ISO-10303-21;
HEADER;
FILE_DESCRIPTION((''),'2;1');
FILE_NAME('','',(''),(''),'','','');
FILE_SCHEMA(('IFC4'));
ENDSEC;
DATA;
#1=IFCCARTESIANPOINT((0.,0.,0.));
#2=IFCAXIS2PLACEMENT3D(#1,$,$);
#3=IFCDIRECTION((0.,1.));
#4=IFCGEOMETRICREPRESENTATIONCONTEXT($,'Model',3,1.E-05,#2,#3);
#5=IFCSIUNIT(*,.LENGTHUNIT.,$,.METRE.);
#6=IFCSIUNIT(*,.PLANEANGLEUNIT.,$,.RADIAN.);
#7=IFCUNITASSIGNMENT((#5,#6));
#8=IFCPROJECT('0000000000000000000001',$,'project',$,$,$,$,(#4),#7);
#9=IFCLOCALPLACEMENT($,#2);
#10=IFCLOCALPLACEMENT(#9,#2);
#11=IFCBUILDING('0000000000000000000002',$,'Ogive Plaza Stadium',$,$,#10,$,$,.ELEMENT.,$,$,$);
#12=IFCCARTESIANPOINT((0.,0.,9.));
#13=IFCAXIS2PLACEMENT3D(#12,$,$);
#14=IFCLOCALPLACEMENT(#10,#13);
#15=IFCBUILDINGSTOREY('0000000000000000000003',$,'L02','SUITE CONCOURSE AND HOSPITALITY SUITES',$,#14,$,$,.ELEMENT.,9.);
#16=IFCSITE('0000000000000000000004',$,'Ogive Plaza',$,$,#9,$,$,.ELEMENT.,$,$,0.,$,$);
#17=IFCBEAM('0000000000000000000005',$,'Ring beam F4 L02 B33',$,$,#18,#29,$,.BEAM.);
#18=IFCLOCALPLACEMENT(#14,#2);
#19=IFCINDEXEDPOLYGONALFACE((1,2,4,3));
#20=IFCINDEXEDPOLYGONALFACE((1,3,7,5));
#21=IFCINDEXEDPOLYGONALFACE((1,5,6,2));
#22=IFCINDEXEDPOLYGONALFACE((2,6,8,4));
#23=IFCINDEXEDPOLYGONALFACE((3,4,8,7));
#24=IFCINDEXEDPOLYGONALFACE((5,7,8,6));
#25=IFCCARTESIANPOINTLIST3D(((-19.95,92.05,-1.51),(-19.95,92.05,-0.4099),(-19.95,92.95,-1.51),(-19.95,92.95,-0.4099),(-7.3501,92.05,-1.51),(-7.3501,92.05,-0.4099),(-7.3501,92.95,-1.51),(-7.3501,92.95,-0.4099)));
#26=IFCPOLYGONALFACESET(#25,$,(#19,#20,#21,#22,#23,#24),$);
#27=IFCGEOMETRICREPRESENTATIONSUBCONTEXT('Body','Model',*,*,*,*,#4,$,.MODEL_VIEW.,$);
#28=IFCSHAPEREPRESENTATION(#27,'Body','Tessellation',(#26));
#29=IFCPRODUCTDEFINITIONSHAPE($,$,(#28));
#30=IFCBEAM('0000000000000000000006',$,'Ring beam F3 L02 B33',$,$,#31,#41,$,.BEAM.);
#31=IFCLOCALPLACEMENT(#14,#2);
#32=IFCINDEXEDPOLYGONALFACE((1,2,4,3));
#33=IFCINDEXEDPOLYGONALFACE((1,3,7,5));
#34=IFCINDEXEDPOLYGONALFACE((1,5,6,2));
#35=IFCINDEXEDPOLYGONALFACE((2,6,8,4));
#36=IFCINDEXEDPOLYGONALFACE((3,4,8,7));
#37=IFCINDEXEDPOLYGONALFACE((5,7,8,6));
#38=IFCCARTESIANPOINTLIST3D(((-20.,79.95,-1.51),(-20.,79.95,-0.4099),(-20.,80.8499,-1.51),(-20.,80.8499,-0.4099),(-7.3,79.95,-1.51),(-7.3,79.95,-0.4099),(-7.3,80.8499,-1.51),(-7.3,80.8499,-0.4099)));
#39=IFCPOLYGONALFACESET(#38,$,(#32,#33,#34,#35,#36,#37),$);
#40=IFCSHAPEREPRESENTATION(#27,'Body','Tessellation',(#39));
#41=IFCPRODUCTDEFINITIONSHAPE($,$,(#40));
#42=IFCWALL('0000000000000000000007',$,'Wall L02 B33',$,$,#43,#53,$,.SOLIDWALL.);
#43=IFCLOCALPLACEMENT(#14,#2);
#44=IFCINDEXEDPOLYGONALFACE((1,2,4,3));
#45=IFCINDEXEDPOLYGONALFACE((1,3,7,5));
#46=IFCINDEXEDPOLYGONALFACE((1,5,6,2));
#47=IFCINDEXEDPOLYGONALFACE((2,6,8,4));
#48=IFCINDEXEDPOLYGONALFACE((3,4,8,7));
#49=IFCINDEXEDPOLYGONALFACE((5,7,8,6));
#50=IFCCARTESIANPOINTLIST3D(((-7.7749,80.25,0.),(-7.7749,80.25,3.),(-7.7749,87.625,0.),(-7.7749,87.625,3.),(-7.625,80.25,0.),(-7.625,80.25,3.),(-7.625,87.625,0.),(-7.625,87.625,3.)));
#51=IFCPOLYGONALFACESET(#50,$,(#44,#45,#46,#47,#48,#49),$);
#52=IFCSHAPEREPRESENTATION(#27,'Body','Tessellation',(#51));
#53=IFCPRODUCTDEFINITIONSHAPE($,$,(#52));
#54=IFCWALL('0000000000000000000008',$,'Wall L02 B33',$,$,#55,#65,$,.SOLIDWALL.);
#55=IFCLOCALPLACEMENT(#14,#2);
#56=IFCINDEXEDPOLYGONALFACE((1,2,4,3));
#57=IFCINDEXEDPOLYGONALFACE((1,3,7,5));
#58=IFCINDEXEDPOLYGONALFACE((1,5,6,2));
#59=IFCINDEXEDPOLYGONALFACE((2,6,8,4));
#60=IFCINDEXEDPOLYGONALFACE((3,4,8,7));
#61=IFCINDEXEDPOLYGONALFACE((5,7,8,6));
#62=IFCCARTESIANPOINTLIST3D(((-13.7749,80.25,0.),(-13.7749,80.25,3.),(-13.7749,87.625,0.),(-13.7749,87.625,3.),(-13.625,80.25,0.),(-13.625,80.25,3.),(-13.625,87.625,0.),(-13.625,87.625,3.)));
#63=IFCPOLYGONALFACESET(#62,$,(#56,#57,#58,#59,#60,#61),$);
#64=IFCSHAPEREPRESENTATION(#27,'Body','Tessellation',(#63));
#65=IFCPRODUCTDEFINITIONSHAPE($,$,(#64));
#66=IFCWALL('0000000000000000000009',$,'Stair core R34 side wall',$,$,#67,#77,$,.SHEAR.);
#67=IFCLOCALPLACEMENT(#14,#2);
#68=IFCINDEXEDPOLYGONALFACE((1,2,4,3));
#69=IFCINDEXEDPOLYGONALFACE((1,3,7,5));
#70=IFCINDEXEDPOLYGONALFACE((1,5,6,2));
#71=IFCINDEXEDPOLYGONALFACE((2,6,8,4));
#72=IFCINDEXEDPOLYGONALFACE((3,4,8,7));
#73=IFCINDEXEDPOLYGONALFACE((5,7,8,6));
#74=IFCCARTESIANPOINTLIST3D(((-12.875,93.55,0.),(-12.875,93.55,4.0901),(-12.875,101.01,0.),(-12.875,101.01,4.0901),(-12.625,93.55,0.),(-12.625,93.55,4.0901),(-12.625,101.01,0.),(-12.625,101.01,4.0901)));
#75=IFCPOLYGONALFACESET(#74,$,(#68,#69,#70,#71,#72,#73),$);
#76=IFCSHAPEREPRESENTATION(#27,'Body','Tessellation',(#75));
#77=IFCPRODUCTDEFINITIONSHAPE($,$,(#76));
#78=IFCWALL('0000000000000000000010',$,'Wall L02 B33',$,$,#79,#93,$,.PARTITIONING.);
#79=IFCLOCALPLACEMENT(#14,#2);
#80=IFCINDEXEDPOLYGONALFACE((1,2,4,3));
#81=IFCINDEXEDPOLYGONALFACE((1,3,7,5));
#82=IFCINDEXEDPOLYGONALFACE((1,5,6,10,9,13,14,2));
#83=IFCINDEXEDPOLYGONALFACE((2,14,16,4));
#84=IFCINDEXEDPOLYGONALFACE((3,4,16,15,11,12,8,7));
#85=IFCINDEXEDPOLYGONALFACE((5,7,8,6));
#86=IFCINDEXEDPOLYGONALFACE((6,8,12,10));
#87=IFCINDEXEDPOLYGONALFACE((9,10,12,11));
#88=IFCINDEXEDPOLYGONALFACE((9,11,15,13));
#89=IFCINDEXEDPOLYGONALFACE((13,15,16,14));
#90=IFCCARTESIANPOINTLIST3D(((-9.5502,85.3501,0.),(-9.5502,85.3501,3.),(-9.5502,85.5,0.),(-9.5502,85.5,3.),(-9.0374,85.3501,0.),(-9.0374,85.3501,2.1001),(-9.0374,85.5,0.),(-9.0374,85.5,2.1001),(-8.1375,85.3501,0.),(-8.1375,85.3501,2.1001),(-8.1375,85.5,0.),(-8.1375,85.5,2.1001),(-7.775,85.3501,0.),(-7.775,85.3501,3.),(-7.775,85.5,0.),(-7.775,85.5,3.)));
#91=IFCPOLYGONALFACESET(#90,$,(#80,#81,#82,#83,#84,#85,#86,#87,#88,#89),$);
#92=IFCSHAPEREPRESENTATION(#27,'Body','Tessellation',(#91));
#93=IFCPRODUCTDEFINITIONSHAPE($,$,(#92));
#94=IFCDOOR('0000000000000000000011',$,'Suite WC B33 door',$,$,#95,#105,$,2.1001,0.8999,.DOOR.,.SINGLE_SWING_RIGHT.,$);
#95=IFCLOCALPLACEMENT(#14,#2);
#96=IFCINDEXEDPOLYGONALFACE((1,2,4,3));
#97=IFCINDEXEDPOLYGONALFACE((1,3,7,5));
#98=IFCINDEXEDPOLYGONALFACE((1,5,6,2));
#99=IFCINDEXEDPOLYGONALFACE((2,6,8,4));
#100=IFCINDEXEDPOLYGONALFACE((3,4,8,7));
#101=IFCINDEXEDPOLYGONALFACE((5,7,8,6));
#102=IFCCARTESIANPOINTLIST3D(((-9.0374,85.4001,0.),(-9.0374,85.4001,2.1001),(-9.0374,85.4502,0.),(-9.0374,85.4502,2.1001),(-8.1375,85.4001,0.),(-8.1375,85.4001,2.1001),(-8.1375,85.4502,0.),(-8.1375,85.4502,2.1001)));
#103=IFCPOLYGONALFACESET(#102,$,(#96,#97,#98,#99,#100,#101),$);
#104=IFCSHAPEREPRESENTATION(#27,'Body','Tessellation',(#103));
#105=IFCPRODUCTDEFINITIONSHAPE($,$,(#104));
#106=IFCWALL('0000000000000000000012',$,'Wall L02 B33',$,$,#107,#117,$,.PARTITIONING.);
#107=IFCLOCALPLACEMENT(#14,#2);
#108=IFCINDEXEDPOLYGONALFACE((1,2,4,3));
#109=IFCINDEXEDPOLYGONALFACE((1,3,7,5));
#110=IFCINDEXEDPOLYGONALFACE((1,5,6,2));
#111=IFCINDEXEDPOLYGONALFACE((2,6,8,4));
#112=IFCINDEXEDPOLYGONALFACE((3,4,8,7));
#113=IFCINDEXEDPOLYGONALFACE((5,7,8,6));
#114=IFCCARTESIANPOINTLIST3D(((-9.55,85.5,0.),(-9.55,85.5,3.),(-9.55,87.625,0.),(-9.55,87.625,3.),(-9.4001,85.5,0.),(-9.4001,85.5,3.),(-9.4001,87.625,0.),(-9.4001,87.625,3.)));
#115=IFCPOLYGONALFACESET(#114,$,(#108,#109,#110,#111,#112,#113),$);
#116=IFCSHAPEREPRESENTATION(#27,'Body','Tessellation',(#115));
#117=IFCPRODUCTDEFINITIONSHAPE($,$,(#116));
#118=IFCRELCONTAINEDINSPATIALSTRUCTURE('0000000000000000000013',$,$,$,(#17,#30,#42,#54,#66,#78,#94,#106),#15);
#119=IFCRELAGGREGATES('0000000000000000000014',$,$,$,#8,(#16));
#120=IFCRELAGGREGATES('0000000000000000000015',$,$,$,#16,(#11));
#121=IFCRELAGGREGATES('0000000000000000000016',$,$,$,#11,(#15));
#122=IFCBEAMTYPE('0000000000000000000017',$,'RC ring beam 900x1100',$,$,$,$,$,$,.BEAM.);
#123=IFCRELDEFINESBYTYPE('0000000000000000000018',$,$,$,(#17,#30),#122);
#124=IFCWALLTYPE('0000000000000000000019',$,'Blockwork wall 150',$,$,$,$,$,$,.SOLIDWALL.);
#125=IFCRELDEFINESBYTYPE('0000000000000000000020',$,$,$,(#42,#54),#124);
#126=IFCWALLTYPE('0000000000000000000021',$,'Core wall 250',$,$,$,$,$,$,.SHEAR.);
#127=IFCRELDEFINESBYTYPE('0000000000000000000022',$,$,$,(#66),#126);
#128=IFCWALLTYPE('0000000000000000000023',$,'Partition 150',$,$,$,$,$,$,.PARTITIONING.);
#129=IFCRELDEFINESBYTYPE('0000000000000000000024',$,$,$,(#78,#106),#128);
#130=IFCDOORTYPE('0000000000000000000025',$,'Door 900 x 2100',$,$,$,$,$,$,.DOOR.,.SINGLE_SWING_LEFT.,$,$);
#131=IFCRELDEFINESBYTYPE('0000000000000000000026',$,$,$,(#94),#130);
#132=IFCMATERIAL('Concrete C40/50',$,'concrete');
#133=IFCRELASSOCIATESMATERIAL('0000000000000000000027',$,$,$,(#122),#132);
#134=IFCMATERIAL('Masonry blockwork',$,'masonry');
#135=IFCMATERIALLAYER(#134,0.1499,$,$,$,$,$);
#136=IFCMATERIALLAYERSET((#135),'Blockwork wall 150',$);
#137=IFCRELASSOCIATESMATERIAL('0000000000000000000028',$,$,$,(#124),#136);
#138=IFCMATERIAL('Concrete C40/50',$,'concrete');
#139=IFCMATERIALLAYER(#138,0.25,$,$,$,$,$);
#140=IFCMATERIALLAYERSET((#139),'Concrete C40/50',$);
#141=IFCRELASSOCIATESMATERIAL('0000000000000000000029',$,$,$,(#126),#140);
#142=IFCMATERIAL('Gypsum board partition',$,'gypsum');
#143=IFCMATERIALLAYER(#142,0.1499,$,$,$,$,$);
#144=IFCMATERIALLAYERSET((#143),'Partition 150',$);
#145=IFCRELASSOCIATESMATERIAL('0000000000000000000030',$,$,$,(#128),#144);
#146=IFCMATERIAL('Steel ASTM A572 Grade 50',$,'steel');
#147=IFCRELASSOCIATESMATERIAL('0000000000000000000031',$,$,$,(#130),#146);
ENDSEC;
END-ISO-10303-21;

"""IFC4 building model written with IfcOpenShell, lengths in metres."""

from ifc_helpers import new_model, si_unit, direction, frame, frame_2d, origin, origin_2d, place, context, subcontext, project, spatial, rectangle, extrude, material, layer, layer_set, material_profile, profile_set, type_object, element, fill, save


model = new_model("IFC4")

# Units and contexts
model_context = context("Model", 3, precision=1e-05, world=origin(), true_north=direction((0.0, 1.0)))
body_context = subcontext(model_context, "Body", "Model", "MODEL_VIEW")
ifc_project = project(units=[si_unit("LENGTHUNIT", "METRE"), si_unit("PLANEANGLEUNIT", "RADIAN")], contexts=[model_context])

# Site, building, storey
site_placement = place(None, origin())
site = spatial("IfcSite", under=ifc_project, at=site_placement, Name="Ogive Plaza", CompositionType="ELEMENT", RefElevation=0.0)
building_placement = place(site_placement, origin())
building = spatial("IfcBuilding", under=site, at=building_placement, Name="Ogive Plaza Stadium", CompositionType="ELEMENT")
storey_placement = place(building_placement, frame((0.0, 0.0, 9.0)))
storey = spatial("IfcBuildingStorey", under=building, at=storey_placement, Name="L02", Description="SUITE CONCOURSE AND HOSPITALITY SUITES", CompositionType="ELEMENT", Elevation=9.0)

# Beams
ifc_material_1 = material(Name="Concrete C40/50", Category="concrete")
ifc_material_profile = material_profile(ifc_material_1, rectangle(XDim=0.8999, YDim=1.1001, at=origin_2d()), Name="RC 900x1100")
ifc_profile_set = profile_set([ifc_material_profile], Name="Concrete C40/50")
beam_type = type_object("IfcBeamType", Name="RC ring beam 900x1100", PredefinedType="BEAM", material=ifc_profile_set)
beam_1_placement = place(storey_placement, frame((-19.95, 92.5, -0.96), z_axis=(1.0, 0.0, 0.0), x_axis=(0.0, 1.0, 0.0)))
element("IfcBeam", 1, at=beam_1_placement, inside=storey, type_object=beam_type, Name="Ring beam F4 L02 B33", PredefinedType="BEAM", context=body_context, shape_type="SweptSolid", body=[
    extrude(rectangle(XDim=0.8999, YDim=1.1001, at=origin_2d()), origin(), (0.0, 0.0, 1.0), 12.5999),
])
beam_2_placement = place(storey_placement, frame((-20.0, 80.3999, -0.96), z_axis=(1.0, 0.0, 0.0), x_axis=(0.0, 1.0, 0.0)))
element("IfcBeam", 2, at=beam_2_placement, inside=storey, type_object=beam_type, Name="Ring beam F3 L02 B33", PredefinedType="BEAM", context=body_context, shape_type="SweptSolid", body=[
    extrude(rectangle(XDim=0.8999, YDim=1.1001, at=origin_2d()), origin(), (0.0, 0.0, 1.0), 12.7),
])

# Walls
ifc_material_2 = material(Name="Masonry blockwork", Category="masonry")
ifc_layer_1 = layer(ifc_material_2, 0.1499)
ifc_layer_set_1 = layer_set([ifc_layer_1], Name="Blockwork wall 150")
wall_type_1 = type_object("IfcWallType", Name="Blockwork wall 150", PredefinedType="SOLIDWALL", material=ifc_layer_set_1)
for number, where, z_axis, x_axis, name in (
    (3, (-7.7, 80.25, 0.0), (0.0, 0.0, 1.0), (0.0, 1.0, 0.0), "Wall L02 B33"),
    (4, (-13.7, 80.25, 0.0), (0.0, 0.0, 1.0), (0.0, 1.0, 0.0), "Wall L02 B33"),
):
    element("IfcWall", number, at=place(storey_placement, frame(where, z_axis=z_axis, x_axis=x_axis)), inside=storey, type_object=wall_type_1, Name=name, PredefinedType="SOLIDWALL", context=body_context, shape_type="SweptSolid", body=[
        extrude(rectangle(XDim=7.375, YDim=0.1499, at=frame_2d((3.6875, 0.0))), origin(), (0.0, 0.0, 1.0), 3.0),
    ])
ifc_material_3 = material(Name="Concrete C40/50", Category="concrete")
ifc_layer_2 = layer(ifc_material_3, 0.25)
ifc_layer_set_2 = layer_set([ifc_layer_2], Name="Concrete C40/50")
wall_type_2 = type_object("IfcWallType", Name="Core wall 250", PredefinedType="SHEAR", material=ifc_layer_set_2)
wall_1_placement = place(storey_placement, frame((-12.75, 93.55, 0.0), z_axis=(0.0, 0.0, 1.0), x_axis=(0.0, 1.0, 0.0)))
element("IfcWall", 5, at=wall_1_placement, inside=storey, type_object=wall_type_2, Name="Stair core R34 side wall", PredefinedType="SHEAR", context=body_context, shape_type="SweptSolid", body=[
    extrude(rectangle(XDim=7.46, YDim=0.25, at=frame_2d((3.73, 0.0))), origin(), (0.0, 0.0, 1.0), 4.0901),
])

# Wall, opening, door
ifc_material_4 = material(Name="Gypsum board partition", Category="gypsum")
ifc_layer_3 = layer(ifc_material_4, 0.1499)
ifc_layer_set_3 = layer_set([ifc_layer_3], Name="Partition 150")
wall_type_3 = type_object("IfcWallType", Name="Partition 150", PredefinedType="PARTITIONING", material=ifc_layer_set_3)
wall_2_placement = place(storey_placement, frame((-7.7749, 85.425, 0.0), z_axis=(0.0, 0.0, 1.0), x_axis=(-1.0, 0.0, 0.0)))
wall_2 = element("IfcWall", 6, at=wall_2_placement, inside=storey, type_object=wall_type_3, Name="Wall L02 B33", PredefinedType="PARTITIONING", context=body_context, shape_type="SweptSolid", body=[
    extrude(rectangle(XDim=1.7751, YDim=0.1499, at=frame_2d((0.8877, 0.0))), origin(), (0.0, 0.0, 1.0), 3.0),
])
opening_placement = place(wall_2_placement, frame((0.3625, 0.0, 0.0)))
opening = element("IfcOpeningElement", 7, at=opening_placement, cuts=wall_2, PredefinedType="OPENING", context=body_context, shape_type="SweptSolid", body=[
    extrude(rectangle(XDim=0.8999, YDim=2.1001, at=frame_2d((0.45, 1.05))), frame((0.0, 0.075, 0.0), z_axis=(0.0, -1.0, 0.0), x_axis=(1.0, 0.0, 0.0)), (0.0, 0.0, 1.0), 0.1499),
])
ifc_material_5 = material(Name="Steel ASTM A572 Grade 50", Category="steel")
door_type = type_object("IfcDoorType", Name="Door 900 x 2100", OperationType="SINGLE_SWING_LEFT", PredefinedType="DOOR", material=ifc_material_5)
door_placement = place(opening_placement, origin())
door = element("IfcDoor", 8, at=door_placement, inside=storey, type_object=door_type, Name="Suite WC B33 door", OperationType="SINGLE_SWING_RIGHT", OverallHeight=2.1001, OverallWidth=0.8999, PredefinedType="DOOR", context=body_context, shape_type="SweptSolid", body=[
    extrude(rectangle(XDim=0.8999, YDim=2.1001, at=frame_2d((0.45, 1.05))), frame((0.0, 0.0249, 0.0), z_axis=(0.0, -1.0, 0.0), x_axis=(1.0, 0.0, 0.0)), (0.0, 0.0, 1.0), 0.05),
])
fill(opening, door)

# Wall
wall_3_placement = place(storey_placement, frame((-9.4751, 85.5, 0.0), z_axis=(0.0, 0.0, 1.0), x_axis=(0.0, 1.0, 0.0)))
element("IfcWall", 9, at=wall_3_placement, inside=storey, type_object=wall_type_3, Name="Wall L02 B33", PredefinedType="PARTITIONING", context=body_context, shape_type="SweptSolid", body=[
    extrude(rectangle(XDim=2.125, YDim=0.1499, at=frame_2d((1.0625, 0.0))), origin(), (0.0, 0.0, 1.0), 3.0),
])

save(model, "model.ifc")
